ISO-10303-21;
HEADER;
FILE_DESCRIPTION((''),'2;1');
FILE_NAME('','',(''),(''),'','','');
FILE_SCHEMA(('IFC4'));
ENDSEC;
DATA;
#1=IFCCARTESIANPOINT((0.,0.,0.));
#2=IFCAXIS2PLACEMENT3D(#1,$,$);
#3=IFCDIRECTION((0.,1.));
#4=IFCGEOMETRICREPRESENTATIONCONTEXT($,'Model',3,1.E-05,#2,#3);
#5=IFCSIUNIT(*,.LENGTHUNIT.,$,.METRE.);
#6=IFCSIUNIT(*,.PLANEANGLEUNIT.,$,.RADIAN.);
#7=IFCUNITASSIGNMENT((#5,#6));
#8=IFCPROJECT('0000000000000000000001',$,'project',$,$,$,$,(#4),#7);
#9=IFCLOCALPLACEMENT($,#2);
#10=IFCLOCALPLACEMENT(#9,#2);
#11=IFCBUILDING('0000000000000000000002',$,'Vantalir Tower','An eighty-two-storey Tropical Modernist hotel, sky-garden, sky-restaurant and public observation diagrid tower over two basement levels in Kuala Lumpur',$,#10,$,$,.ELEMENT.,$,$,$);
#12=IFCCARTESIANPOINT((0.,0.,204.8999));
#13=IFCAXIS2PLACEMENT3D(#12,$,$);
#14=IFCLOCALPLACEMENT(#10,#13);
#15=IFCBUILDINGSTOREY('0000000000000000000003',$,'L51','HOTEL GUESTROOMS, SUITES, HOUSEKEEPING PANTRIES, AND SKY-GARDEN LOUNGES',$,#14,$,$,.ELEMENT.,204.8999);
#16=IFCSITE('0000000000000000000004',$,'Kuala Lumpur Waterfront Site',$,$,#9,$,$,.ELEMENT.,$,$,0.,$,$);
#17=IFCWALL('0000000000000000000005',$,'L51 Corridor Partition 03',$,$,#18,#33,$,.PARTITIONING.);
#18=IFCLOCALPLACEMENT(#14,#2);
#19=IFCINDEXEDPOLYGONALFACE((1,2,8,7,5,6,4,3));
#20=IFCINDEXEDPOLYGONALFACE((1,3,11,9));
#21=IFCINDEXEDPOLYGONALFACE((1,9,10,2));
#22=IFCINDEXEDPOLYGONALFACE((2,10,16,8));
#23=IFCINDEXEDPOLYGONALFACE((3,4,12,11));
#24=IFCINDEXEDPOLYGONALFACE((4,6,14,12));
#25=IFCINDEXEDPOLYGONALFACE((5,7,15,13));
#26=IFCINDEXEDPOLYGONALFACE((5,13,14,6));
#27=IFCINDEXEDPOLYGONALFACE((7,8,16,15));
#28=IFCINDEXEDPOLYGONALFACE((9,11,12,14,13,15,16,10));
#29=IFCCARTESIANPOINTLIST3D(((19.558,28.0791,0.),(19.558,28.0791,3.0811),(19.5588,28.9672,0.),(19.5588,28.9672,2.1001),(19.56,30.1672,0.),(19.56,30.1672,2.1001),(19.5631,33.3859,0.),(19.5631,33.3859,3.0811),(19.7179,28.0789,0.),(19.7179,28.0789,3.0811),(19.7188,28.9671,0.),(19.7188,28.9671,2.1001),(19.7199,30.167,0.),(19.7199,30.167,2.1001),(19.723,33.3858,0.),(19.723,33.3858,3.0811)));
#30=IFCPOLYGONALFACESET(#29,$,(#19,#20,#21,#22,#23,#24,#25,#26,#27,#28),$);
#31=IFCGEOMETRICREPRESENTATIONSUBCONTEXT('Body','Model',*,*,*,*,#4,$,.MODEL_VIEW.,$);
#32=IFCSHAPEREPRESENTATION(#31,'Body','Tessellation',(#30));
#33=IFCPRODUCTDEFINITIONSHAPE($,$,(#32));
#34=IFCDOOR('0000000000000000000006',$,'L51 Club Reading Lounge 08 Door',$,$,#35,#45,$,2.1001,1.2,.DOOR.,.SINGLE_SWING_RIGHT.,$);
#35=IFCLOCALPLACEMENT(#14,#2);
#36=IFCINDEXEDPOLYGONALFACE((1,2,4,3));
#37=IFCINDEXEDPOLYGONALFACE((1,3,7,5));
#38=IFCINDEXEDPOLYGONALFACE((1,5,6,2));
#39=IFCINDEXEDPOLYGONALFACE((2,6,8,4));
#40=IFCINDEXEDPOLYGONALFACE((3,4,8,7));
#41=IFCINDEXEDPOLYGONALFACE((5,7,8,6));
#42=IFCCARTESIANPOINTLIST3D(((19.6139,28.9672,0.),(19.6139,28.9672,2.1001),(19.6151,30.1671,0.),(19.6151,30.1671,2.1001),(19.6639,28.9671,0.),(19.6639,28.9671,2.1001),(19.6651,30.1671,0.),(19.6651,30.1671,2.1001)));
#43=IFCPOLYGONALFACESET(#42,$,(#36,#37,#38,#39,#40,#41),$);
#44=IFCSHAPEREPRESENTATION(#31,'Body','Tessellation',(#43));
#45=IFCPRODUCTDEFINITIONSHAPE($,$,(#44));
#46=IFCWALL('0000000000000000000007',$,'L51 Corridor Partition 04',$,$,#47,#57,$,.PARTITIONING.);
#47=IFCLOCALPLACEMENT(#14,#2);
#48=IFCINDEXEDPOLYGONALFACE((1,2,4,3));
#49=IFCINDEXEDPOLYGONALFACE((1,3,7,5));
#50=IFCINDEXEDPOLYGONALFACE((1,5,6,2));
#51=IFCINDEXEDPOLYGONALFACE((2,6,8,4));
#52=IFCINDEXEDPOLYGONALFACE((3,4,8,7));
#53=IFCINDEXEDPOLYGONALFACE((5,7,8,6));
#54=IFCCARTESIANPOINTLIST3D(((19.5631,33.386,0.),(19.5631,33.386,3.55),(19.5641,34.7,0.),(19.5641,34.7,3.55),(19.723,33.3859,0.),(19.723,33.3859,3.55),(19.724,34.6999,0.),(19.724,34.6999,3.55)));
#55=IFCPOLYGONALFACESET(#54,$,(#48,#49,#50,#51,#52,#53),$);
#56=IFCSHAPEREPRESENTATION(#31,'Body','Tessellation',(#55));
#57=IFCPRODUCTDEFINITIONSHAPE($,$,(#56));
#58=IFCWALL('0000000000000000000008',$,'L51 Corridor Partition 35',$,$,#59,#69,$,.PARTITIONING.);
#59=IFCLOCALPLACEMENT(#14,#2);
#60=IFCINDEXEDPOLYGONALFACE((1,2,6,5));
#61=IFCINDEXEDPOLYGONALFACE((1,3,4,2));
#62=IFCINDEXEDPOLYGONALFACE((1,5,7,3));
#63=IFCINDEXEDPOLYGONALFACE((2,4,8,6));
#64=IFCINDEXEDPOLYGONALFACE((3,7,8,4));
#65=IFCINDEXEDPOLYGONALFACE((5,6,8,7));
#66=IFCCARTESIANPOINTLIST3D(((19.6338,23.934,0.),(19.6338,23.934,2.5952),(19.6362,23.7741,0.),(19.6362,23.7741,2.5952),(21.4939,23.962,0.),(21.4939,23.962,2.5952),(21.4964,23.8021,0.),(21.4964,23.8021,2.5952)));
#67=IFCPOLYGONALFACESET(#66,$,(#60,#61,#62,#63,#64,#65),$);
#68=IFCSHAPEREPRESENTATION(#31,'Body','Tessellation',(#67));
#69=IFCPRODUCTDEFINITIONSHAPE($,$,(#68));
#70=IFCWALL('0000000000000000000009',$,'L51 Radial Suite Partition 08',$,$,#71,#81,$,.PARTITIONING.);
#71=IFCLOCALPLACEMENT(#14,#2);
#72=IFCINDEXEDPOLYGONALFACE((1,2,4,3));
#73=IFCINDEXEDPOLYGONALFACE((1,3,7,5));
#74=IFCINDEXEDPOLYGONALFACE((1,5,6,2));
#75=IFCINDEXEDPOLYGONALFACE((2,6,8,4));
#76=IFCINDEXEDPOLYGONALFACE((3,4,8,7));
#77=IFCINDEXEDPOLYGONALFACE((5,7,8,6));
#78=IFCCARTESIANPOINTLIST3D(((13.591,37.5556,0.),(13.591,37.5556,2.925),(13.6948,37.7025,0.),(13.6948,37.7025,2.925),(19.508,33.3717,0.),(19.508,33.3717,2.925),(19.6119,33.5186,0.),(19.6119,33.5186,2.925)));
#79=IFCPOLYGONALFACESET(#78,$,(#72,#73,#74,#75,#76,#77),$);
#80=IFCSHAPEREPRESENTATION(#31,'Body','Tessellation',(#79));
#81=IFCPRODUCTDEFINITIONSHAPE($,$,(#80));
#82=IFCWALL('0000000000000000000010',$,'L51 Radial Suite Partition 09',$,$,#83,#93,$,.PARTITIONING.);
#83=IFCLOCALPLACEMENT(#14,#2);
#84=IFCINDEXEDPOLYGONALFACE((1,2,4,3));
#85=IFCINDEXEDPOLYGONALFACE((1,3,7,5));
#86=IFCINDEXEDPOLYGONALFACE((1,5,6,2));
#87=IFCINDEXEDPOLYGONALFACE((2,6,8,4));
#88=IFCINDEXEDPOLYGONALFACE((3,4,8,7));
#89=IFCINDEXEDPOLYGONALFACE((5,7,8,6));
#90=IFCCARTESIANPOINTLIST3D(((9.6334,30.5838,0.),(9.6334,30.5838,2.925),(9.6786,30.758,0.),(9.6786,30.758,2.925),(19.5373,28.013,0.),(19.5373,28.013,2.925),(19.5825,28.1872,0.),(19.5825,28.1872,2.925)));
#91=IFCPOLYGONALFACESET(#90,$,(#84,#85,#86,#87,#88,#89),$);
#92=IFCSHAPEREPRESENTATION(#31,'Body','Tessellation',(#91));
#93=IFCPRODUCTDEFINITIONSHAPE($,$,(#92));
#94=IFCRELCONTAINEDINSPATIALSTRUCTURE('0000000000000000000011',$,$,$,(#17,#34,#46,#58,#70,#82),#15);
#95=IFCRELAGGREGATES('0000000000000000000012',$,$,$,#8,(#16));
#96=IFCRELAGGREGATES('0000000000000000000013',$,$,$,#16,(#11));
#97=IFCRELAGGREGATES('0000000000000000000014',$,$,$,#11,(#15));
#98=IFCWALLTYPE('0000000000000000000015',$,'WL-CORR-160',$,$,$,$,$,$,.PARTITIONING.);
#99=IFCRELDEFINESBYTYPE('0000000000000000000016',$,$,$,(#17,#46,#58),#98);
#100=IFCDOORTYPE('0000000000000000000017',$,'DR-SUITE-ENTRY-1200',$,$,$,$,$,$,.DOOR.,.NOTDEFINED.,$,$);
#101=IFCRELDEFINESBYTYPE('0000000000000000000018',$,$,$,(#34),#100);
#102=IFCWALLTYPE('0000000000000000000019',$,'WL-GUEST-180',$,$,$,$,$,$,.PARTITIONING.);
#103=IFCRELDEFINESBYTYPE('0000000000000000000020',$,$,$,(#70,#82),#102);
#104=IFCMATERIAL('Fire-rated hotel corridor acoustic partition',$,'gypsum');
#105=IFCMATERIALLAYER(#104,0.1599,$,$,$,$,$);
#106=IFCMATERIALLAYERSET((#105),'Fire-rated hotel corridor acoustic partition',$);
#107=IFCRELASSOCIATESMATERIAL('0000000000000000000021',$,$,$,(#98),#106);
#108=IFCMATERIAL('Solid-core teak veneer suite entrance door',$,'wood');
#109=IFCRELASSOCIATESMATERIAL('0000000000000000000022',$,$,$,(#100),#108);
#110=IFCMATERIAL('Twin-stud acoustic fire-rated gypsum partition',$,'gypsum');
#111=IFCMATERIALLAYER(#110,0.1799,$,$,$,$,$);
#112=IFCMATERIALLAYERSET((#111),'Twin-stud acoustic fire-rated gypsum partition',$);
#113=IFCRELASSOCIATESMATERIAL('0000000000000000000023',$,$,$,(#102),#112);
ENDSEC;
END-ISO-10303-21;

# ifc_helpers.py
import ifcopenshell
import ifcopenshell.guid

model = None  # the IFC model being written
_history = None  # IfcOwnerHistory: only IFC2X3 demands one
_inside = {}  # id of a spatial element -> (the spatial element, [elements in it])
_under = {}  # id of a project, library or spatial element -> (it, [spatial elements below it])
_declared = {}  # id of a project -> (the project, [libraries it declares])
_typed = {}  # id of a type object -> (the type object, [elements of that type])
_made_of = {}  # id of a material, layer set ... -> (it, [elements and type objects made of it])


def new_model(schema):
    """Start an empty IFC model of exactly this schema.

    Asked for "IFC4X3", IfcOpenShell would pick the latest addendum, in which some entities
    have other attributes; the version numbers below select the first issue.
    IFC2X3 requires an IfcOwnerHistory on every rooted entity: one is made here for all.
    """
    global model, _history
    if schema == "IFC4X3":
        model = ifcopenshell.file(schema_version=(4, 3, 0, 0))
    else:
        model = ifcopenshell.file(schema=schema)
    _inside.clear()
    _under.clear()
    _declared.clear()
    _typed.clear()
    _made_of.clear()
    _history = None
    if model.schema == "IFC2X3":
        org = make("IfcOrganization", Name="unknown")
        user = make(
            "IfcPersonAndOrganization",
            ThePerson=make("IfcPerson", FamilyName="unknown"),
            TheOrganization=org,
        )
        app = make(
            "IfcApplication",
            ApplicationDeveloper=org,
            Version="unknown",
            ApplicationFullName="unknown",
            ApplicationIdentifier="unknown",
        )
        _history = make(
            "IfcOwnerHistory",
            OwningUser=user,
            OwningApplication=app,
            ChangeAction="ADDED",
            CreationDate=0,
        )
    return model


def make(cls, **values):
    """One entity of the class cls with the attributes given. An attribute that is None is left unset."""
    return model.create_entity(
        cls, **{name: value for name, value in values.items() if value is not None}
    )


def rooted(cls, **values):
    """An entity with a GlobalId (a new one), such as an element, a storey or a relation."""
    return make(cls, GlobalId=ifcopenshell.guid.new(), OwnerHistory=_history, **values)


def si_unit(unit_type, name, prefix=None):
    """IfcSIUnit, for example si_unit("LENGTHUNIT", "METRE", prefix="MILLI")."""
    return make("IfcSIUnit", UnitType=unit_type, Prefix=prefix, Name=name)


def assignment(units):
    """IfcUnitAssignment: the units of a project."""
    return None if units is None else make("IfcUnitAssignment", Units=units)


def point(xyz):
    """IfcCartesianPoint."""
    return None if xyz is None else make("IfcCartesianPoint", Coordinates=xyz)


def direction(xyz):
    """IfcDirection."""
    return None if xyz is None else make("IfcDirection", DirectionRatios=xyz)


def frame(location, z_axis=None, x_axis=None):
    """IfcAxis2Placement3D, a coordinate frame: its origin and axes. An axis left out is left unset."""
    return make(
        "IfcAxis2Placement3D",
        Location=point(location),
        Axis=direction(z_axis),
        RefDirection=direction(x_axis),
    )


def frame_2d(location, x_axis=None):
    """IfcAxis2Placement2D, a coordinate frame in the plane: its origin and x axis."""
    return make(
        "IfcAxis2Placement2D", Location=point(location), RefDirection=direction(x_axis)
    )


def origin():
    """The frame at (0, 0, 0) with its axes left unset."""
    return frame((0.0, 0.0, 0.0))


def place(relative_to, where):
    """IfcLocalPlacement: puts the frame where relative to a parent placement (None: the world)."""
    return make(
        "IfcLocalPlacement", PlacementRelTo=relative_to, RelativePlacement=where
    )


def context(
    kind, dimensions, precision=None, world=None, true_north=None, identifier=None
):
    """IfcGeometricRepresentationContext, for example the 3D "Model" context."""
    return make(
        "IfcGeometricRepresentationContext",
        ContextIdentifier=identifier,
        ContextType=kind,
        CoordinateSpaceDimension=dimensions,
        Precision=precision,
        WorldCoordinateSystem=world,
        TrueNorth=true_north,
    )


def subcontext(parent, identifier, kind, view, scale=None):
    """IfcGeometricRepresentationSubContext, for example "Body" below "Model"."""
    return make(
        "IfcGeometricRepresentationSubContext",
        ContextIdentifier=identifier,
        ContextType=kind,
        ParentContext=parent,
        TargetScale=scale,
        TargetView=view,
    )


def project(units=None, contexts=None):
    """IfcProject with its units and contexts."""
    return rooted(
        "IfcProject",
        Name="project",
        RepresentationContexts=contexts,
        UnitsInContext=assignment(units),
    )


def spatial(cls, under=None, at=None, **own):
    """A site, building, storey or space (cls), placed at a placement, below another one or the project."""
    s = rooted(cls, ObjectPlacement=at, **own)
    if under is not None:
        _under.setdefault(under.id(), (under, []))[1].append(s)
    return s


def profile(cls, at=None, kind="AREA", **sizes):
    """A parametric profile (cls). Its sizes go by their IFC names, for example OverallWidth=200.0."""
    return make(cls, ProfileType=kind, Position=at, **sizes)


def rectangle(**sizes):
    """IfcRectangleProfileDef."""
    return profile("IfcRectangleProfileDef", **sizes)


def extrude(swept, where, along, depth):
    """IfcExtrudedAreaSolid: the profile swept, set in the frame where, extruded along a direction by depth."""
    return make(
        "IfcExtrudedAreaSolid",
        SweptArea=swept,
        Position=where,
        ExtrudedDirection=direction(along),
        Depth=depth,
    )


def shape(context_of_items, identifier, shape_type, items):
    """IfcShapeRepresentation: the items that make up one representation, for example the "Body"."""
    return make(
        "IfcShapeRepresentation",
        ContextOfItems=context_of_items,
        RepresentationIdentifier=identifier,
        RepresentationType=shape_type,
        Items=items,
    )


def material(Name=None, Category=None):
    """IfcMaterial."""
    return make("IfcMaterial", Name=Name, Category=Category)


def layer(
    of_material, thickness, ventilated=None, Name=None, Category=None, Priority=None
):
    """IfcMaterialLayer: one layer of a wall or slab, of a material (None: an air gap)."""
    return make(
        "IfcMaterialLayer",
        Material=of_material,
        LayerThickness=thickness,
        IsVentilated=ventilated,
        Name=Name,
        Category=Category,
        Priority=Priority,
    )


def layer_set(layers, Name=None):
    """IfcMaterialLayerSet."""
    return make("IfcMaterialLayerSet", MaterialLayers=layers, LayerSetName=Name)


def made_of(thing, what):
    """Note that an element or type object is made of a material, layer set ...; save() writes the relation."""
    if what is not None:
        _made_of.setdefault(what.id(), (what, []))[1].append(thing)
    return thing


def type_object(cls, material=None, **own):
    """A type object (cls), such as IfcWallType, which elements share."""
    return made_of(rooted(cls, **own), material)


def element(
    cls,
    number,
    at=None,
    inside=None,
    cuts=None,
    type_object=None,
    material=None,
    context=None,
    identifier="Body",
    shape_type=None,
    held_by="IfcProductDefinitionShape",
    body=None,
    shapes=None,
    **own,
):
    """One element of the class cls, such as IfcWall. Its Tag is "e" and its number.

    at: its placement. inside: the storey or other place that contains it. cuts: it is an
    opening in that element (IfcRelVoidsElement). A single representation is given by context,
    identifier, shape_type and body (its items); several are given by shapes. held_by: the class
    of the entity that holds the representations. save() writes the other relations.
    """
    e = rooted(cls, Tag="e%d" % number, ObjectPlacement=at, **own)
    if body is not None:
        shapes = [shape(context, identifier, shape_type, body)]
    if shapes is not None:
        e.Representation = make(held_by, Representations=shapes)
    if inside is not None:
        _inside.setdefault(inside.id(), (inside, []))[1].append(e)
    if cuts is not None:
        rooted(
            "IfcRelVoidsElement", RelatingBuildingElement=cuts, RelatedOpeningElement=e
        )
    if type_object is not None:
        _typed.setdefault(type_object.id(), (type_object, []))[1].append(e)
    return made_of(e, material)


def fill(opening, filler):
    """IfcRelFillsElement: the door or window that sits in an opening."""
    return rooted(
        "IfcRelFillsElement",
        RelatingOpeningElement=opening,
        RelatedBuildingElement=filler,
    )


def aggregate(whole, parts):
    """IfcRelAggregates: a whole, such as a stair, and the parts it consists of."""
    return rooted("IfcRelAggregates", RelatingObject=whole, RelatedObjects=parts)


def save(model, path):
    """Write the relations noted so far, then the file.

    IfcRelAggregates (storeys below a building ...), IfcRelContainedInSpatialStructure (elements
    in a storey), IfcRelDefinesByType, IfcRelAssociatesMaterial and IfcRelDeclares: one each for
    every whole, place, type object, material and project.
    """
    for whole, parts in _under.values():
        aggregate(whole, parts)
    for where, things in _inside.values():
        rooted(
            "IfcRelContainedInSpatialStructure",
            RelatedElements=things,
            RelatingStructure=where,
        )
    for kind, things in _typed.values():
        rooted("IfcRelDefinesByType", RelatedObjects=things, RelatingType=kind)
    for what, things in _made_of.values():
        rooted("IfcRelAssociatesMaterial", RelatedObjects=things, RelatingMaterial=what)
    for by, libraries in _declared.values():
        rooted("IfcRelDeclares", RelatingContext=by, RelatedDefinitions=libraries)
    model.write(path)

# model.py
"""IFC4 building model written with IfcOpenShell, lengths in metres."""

from ifc_helpers import new_model, si_unit, direction, frame, frame_2d, origin, place, context, subcontext, project, spatial, rectangle, extrude, material, layer, layer_set, type_object, element, fill, save


model = new_model("IFC4")

# Units and contexts
model_context = context("Model", 3, precision=1e-05, world=origin(), true_north=direction((0.0, 1.0)))
body_context = subcontext(model_context, "Body", "Model", "MODEL_VIEW")
ifc_project = project(units=[si_unit("LENGTHUNIT", "METRE"), si_unit("PLANEANGLEUNIT", "RADIAN")], contexts=[model_context])

# Site, building, storey
site_placement = place(None, origin())
site = spatial("IfcSite", under=ifc_project, at=site_placement, Name="Kuala Lumpur Waterfront Site", CompositionType="ELEMENT", RefElevation=0.0)
building_placement = place(site_placement, origin())
building = spatial("IfcBuilding", under=site, at=building_placement, Name="Vantalir Tower", Description="An eighty-two-storey Tropical Modernist hotel, sky-garden, sky-restaurant and public observation diagrid tower over two basement levels in Kuala Lumpur", CompositionType="ELEMENT")
storey_placement = place(building_placement, frame((0.0, 0.0, 204.8999)))
storey = spatial("IfcBuildingStorey", under=building, at=storey_placement, Name="L51", Description="HOTEL GUESTROOMS, SUITES, HOUSEKEEPING PANTRIES, AND SKY-GARDEN LOUNGES", CompositionType="ELEMENT", Elevation=204.8999)

# Shared definitions
ifc_material_1 = material(Name="Fire-rated hotel corridor acoustic partition", Category="gypsum")
ifc_layer_1 = layer(ifc_material_1, 0.1599)
ifc_layer_set_1 = layer_set([ifc_layer_1], Name="Fire-rated hotel corridor acoustic partition")
wall_type_1 = type_object("IfcWallType", Name="WL-CORR-160", PredefinedType="PARTITIONING", material=ifc_layer_set_1)

# Wall, opening, door
wall_1_placement = place(storey_placement, frame((19.6379, 28.0791, 0.0), z_axis=(0.0, 0.0, 1.0), x_axis=(0.000966, 1.0, 0.0)))
wall_1 = element("IfcWall", 1, at=wall_1_placement, inside=storey, type_object=wall_type_1, Name="L51 Corridor Partition 03", PredefinedType="PARTITIONING", context=body_context, shape_type="SweptSolid", body=[
    extrude(rectangle(XDim=5.3069, YDim=0.1599, at=frame_2d((2.6533, 0.0))), origin(), (0.0, 0.0, 1.0), 3.0811),
])
opening_1_placement = place(wall_1_placement, frame((0.8879, 0.0, 0.0)))
opening_1 = element("IfcOpeningElement", 2, at=opening_1_placement, cuts=wall_1, PredefinedType="OPENING", context=body_context, shape_type="SweptSolid", body=[
    extrude(rectangle(XDim=1.2, YDim=2.1001, at=frame_2d((0.6001, 1.05))), frame((0.0, 0.0898, 0.0), z_axis=(0.0, -1.0, 0.0), x_axis=(1.0, 0.0, 0.0)), (0.0, 0.0, 1.0), 0.1799),
])
ifc_material_2 = material(Name="Solid-core teak veneer suite entrance door", Category="wood")
door_type_1 = type_object("IfcDoorType", Name="DR-SUITE-ENTRY-1200", OperationType="NOTDEFINED", PredefinedType="DOOR", material=ifc_material_2)
door_1_placement = place(opening_1_placement, origin())
door_1 = element("IfcDoor", 3, at=door_1_placement, inside=storey, type_object=door_type_1, Name="L51 Club Reading Lounge 08 Door", OperationType="SINGLE_SWING_RIGHT", OverallHeight=2.1001, OverallWidth=1.2, PredefinedType="DOOR", context=body_context, shape_type="SweptSolid", body=[
    extrude(rectangle(XDim=1.2, YDim=2.1001, at=frame_2d((0.6001, 1.05))), frame((0.0, 0.0249, 0.0), z_axis=(0.0, -1.0, 0.0), x_axis=(1.0, 0.0, 0.0)), (0.0, 0.0, 1.0), 0.05),
])
fill(opening_1, door_1)

# Walls
wall_2_placement = place(storey_placement, frame((19.6431, 33.386, 0.0), z_axis=(0.0, 0.0, 1.0), x_axis=(0.000743, 1.0, 0.0)))
element("IfcWall", 4, at=wall_2_placement, inside=storey, type_object=wall_type_1, Name="L51 Corridor Partition 04", PredefinedType="PARTITIONING", context=body_context, shape_type="SweptSolid", body=[
    extrude(rectangle(XDim=1.314, YDim=0.1599, at=frame_2d((0.657, 0.0))), origin(), (0.0, 0.0, 1.0), 3.55),
])
wall_3_placement = place(storey_placement, frame((19.635, 23.854, 0.0), z_axis=(0.0, 0.0, 1.0), x_axis=(0.999886, 0.015092, 0.0)))
element("IfcWall", 5, at=wall_3_placement, inside=storey, type_object=wall_type_1, Name="L51 Corridor Partition 35", PredefinedType="PARTITIONING", context=body_context, shape_type="SweptSolid", body=[
    extrude(rectangle(XDim=1.8604, YDim=0.1599, at=frame_2d((0.9302, 0.0))), origin(), (0.0, 0.0, 1.0), 2.5952),
])
ifc_material_3 = material(Name="Twin-stud acoustic fire-rated gypsum partition", Category="gypsum")
ifc_layer_2 = layer(ifc_material_3, 0.1799)
ifc_layer_set_2 = layer_set([ifc_layer_2], Name="Twin-stud acoustic fire-rated gypsum partition")
wall_type_2 = type_object("IfcWallType", Name="WL-GUEST-180", PredefinedType="PARTITIONING", material=ifc_layer_set_2)
wall_4_placement = place(storey_placement, frame((19.5601, 33.4451, 0.0), z_axis=(0.0, 0.0, 1.0), x_axis=(-0.816504, 0.57734, 0.0)))
element("IfcWall", 6, at=wall_4_placement, inside=storey, type_object=wall_type_2, Name="L51 Radial Suite Partition 08", PredefinedType="PARTITIONING", context=body_context, shape_type="SweptSolid", body=[
    extrude(rectangle(XDim=7.2468, YDim=0.1799, at=frame_2d((3.6235, 0.0))), origin(), (0.0, 0.0, 1.0), 2.925),
])
wall_5_placement = place(storey_placement, frame((19.5601, 28.1001, 0.0), z_axis=(0.0, 0.0, 1.0), x_axis=(-0.967924, 0.251245, 0.0)))
element("IfcWall", 7, at=wall_5_placement, inside=storey, type_object=wall_type_2, Name="L51 Radial Suite Partition 09", PredefinedType="PARTITIONING", context=body_context, shape_type="SweptSolid", body=[
    extrude(rectangle(XDim=10.2322, YDim=0.1799, at=frame_2d((5.1162, 0.0))), origin(), (0.0, 0.0, 1.0), 2.925),
])

save(model, "model.ifc")
